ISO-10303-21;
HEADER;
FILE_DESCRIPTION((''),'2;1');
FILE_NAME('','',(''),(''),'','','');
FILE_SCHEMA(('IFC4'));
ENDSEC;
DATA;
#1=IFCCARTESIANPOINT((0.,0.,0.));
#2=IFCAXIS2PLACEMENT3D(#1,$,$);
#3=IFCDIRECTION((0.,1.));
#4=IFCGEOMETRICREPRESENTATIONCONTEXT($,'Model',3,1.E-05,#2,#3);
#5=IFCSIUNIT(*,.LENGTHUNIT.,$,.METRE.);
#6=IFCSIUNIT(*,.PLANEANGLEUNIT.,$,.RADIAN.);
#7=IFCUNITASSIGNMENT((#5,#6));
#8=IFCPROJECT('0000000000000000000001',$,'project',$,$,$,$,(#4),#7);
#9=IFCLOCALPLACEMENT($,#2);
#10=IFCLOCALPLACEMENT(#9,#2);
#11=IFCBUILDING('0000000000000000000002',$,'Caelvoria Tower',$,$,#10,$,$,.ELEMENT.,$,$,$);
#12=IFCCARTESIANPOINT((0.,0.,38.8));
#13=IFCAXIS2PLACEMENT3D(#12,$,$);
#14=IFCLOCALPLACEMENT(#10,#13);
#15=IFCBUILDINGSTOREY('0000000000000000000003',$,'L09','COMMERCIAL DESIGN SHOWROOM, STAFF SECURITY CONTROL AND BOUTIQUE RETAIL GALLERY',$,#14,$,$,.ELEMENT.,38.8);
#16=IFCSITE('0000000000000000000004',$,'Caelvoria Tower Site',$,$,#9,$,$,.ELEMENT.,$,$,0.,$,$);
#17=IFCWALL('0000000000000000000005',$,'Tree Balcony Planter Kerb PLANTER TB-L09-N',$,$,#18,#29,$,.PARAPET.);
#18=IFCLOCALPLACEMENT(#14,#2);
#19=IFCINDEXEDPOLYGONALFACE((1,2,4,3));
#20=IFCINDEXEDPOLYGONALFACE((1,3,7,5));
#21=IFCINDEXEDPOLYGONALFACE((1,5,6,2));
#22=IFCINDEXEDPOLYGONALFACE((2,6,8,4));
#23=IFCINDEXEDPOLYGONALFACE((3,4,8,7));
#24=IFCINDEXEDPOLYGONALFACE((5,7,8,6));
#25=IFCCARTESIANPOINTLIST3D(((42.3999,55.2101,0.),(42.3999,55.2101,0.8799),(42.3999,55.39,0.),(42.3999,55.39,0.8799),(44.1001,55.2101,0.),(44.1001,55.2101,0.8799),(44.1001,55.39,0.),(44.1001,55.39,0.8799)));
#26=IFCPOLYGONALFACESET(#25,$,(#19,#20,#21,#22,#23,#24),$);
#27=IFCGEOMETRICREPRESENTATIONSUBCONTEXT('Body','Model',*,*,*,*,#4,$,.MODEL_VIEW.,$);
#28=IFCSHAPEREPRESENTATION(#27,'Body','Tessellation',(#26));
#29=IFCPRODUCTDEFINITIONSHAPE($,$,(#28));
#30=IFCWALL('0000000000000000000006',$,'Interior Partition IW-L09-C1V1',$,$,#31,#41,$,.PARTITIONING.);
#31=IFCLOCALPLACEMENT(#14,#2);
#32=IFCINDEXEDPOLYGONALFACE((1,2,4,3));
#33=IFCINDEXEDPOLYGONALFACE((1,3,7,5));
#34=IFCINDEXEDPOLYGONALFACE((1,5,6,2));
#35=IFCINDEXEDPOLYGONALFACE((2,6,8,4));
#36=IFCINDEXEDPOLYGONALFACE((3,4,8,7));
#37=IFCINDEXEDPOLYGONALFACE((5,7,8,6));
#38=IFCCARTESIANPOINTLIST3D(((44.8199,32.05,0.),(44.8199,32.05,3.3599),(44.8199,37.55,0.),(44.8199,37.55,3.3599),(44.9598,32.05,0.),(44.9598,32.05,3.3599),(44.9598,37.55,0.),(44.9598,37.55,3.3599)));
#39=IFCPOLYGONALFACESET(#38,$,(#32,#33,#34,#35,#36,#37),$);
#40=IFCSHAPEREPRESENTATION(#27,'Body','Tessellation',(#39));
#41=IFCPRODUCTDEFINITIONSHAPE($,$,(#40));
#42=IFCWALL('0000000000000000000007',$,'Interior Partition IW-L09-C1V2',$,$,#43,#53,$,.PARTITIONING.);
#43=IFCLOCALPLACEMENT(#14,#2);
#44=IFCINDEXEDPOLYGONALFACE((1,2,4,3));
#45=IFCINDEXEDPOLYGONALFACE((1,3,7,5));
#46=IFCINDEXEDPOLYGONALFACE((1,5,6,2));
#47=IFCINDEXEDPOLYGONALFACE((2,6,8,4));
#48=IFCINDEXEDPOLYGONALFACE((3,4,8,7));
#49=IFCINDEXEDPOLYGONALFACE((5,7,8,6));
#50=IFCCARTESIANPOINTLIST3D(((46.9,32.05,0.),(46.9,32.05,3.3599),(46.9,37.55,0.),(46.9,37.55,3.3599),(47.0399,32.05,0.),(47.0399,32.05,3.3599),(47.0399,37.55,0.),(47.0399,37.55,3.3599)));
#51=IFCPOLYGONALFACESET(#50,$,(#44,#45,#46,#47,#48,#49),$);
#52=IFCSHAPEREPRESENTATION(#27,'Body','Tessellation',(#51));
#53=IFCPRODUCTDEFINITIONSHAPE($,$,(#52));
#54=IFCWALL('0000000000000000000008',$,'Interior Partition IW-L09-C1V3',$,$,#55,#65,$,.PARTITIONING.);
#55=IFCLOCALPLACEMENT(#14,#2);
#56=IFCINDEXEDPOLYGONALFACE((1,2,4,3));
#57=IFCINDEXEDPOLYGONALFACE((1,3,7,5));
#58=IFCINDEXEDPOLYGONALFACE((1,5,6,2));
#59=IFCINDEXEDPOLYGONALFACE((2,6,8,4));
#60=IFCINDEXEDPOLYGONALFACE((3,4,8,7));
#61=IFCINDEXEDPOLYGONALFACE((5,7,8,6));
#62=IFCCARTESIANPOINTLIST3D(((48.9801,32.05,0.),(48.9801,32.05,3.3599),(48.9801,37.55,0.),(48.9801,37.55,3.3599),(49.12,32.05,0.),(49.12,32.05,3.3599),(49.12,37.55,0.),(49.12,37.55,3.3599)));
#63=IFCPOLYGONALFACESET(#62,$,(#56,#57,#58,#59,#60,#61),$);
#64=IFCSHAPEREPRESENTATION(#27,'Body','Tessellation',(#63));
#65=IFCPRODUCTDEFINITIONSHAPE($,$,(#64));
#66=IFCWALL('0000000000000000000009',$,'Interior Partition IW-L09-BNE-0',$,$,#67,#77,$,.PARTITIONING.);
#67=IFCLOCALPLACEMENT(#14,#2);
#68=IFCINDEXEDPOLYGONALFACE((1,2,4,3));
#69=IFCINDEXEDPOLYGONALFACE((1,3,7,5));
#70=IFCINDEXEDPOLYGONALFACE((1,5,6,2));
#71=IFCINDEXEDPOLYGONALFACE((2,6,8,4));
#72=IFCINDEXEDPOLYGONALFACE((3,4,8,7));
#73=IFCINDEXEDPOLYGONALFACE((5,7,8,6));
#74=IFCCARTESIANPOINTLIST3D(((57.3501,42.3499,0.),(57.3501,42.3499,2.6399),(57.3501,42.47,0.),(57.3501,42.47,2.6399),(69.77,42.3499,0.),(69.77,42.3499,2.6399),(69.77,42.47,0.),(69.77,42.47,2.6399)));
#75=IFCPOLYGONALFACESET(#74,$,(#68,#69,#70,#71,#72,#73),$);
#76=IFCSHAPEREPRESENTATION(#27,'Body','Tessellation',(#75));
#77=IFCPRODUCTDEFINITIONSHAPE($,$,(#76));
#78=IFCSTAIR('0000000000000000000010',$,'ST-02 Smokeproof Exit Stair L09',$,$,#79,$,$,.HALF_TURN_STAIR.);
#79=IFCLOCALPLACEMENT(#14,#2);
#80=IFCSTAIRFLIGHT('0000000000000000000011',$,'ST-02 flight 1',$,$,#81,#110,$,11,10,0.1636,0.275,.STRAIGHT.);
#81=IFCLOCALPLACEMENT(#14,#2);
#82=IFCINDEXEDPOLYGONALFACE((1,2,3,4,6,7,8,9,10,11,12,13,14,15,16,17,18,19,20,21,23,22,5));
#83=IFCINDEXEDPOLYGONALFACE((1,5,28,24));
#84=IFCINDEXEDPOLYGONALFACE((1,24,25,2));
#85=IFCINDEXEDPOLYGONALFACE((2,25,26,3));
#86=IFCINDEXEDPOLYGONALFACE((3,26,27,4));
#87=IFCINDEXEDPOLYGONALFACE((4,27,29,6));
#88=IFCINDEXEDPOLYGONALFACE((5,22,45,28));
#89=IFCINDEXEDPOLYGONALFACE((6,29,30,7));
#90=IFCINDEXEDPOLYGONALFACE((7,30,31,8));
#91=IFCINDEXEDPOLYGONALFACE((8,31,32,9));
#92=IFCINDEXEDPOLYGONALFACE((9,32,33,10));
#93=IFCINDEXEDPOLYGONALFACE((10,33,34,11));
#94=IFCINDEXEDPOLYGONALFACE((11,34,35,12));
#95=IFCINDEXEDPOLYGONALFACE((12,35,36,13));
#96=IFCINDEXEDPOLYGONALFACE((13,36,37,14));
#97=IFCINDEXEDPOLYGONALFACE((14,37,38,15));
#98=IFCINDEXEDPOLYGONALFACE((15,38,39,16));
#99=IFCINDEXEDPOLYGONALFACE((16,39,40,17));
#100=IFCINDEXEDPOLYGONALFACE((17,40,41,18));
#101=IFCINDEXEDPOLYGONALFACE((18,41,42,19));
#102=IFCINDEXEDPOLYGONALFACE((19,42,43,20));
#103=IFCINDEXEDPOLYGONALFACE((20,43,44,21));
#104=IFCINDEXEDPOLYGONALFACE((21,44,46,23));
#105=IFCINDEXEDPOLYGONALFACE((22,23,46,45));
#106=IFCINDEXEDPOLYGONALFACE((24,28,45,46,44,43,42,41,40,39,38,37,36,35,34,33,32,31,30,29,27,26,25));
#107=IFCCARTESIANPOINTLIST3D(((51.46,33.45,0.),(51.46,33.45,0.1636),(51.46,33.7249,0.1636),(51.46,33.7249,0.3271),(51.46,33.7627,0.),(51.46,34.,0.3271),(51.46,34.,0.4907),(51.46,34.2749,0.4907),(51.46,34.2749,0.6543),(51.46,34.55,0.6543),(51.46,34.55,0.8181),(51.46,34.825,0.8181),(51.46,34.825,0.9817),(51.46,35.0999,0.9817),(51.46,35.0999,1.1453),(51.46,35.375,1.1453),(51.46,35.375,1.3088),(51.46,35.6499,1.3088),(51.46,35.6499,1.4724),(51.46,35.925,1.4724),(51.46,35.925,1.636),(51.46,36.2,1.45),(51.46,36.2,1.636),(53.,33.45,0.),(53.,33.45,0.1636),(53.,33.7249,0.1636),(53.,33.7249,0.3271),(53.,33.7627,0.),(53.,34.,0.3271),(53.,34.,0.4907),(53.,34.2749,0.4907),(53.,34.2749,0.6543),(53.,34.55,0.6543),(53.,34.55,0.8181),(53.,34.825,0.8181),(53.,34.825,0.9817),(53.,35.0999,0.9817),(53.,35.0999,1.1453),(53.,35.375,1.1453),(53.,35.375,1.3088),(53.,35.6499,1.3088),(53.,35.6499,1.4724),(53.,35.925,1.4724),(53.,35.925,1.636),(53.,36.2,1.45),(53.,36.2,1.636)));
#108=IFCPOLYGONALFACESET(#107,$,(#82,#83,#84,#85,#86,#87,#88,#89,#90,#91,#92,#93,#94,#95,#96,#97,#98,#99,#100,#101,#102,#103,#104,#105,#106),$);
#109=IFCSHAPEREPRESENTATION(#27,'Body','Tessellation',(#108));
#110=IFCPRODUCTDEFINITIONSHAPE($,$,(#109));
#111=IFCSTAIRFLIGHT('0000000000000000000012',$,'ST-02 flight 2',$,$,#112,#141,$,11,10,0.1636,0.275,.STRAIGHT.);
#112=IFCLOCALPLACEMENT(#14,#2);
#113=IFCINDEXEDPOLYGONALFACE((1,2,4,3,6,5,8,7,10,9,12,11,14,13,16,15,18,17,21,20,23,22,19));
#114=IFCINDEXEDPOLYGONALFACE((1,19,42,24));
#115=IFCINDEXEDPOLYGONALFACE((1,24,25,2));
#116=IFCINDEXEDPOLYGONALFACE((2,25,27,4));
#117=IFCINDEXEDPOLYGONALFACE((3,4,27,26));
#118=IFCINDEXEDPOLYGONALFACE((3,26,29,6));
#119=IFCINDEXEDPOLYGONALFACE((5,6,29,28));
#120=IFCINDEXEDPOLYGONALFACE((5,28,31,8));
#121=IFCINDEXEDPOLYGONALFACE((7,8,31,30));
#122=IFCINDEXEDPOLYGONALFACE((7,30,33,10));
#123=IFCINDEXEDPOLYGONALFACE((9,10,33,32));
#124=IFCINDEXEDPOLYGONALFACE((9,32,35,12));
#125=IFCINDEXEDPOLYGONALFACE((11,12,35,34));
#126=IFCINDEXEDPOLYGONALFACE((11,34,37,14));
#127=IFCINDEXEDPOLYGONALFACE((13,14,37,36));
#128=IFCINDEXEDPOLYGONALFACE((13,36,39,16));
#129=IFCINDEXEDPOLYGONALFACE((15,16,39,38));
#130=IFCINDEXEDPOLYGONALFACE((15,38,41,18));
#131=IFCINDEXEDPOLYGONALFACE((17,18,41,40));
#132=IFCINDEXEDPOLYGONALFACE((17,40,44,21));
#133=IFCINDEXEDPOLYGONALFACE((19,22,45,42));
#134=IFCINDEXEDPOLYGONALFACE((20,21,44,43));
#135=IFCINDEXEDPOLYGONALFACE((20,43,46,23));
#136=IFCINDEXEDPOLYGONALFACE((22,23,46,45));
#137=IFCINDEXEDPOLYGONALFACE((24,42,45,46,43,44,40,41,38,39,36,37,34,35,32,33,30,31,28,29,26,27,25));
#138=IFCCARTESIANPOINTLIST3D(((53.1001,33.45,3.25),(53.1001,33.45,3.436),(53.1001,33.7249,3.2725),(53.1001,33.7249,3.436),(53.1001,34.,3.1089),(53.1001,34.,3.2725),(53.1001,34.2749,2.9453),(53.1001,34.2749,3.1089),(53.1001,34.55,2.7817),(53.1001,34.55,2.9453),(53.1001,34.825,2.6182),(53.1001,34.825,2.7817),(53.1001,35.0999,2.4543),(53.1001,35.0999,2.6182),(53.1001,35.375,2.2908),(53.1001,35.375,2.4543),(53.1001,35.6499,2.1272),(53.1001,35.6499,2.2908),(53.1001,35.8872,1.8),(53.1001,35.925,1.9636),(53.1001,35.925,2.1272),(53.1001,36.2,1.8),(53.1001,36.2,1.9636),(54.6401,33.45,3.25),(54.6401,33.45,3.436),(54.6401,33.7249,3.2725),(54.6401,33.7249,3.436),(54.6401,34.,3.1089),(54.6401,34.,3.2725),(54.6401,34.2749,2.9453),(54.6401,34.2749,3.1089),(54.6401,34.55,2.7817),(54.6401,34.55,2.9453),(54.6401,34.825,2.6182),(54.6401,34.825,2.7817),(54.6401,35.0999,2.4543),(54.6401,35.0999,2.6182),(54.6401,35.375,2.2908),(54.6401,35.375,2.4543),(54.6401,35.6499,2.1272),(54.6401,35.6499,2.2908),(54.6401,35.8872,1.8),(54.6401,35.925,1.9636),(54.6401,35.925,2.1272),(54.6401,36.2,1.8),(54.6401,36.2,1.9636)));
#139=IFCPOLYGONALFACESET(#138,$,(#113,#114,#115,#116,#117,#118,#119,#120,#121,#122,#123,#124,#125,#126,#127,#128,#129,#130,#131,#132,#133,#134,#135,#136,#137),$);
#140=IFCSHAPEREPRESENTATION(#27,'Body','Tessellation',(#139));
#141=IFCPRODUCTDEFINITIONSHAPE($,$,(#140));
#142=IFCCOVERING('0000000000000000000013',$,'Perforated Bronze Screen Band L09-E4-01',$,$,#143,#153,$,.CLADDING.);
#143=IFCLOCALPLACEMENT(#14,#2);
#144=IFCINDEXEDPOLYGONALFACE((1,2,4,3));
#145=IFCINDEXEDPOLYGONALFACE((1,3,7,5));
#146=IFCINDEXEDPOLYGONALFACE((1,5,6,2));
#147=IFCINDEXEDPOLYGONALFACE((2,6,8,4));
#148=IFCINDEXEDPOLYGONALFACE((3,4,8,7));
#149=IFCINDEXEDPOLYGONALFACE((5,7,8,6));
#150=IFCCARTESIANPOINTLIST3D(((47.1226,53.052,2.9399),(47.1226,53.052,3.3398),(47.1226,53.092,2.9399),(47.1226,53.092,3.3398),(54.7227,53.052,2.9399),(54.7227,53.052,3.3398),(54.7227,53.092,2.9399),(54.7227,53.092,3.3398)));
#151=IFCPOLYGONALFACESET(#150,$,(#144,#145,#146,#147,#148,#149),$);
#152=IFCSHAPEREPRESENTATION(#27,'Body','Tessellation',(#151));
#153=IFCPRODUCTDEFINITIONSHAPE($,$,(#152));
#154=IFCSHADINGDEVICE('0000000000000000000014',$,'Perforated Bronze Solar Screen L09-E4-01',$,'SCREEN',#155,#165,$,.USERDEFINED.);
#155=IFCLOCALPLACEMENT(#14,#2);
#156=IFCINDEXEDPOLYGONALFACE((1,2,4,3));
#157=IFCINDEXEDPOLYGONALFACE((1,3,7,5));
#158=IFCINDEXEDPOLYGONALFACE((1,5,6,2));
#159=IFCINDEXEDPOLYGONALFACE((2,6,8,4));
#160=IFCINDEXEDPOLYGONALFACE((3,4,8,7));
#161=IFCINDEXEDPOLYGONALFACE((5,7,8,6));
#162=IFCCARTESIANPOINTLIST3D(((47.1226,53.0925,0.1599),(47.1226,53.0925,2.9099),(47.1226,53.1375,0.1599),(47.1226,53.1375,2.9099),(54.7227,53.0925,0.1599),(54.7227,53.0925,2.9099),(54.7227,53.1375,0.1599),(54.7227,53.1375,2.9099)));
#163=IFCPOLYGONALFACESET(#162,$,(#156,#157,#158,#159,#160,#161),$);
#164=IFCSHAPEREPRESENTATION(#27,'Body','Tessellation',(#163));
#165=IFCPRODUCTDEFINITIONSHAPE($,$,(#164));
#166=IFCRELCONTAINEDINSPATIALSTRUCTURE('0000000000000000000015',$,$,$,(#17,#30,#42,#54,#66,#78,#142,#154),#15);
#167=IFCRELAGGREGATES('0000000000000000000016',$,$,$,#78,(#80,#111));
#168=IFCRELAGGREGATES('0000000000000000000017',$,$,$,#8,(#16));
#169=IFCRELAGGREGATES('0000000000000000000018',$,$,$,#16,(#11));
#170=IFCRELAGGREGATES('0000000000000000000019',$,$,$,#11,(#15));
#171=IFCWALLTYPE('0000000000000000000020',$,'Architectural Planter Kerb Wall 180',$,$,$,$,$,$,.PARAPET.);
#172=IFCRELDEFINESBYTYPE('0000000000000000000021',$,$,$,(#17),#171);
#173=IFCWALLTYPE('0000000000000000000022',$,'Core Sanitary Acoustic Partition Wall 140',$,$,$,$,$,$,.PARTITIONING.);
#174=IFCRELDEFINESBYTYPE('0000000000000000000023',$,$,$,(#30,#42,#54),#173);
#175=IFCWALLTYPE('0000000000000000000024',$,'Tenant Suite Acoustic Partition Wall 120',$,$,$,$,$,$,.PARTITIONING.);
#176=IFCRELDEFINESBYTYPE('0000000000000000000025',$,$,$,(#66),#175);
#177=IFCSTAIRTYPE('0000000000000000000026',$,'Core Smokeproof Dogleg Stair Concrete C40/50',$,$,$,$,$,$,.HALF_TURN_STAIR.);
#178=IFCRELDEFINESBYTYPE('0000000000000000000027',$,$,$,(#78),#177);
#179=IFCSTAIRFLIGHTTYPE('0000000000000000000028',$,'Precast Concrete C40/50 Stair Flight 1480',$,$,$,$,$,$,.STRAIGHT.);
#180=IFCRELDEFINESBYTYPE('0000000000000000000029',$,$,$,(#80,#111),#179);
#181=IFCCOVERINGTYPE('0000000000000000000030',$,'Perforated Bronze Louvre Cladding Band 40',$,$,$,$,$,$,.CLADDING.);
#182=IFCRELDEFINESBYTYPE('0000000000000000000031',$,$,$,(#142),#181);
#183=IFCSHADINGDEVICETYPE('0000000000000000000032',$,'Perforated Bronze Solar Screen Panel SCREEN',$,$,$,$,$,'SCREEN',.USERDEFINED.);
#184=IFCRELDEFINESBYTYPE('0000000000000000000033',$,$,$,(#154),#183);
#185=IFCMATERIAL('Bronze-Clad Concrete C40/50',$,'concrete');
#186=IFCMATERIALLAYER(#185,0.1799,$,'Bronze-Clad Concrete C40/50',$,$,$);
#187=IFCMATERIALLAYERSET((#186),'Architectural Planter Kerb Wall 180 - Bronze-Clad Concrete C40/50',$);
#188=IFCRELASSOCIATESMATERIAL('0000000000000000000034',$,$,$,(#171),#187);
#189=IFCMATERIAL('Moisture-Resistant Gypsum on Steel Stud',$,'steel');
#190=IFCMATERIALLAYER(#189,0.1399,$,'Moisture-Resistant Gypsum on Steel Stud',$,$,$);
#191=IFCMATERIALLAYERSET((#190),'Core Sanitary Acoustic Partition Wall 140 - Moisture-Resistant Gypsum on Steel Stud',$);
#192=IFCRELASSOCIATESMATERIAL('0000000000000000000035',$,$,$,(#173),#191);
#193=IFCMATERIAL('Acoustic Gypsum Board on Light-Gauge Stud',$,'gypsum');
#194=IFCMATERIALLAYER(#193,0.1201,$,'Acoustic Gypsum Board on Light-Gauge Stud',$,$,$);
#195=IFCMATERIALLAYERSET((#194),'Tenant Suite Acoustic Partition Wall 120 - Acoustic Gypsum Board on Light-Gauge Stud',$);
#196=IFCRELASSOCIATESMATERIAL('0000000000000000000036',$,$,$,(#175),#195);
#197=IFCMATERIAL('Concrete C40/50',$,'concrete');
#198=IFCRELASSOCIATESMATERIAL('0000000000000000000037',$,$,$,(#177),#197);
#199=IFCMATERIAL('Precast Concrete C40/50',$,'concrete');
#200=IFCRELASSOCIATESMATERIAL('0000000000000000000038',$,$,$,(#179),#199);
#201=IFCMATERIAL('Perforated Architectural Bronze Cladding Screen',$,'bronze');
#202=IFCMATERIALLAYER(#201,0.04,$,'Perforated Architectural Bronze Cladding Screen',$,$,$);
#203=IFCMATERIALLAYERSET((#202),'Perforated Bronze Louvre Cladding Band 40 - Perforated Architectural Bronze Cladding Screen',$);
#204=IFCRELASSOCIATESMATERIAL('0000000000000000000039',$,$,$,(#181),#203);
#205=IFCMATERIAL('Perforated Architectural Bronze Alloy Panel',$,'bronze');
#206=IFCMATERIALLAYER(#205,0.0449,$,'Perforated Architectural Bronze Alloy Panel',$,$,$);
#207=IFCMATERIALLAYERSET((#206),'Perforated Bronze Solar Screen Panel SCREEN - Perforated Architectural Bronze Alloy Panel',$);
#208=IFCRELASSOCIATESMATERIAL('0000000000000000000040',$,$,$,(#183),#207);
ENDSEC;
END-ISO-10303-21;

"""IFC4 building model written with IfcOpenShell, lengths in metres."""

from ifc_helpers import new_model, si_unit, direction, frame, frame_2d, origin, origin_2d, place, context, subcontext, project, spatial, polyline, rectangle, outline, extrude, material, layer, layer_set, type_object, element, aggregate, save


model = new_model("IFC4")

# Units and contexts
model_context = context("Model", 3, precision=1e-05, world=origin(), true_north=direction((0.0, 1.0)))
body_context = subcontext(model_context, "Body", "Model", "MODEL_VIEW")
ifc_project = project(units=[si_unit("LENGTHUNIT", "METRE"), si_unit("PLANEANGLEUNIT", "RADIAN")], contexts=[model_context])

# Site, building, storey
site_placement = place(None, origin())
site = spatial("IfcSite", under=ifc_project, at=site_placement, Name="Caelvoria Tower Site", CompositionType="ELEMENT", RefElevation=0.0)
building_placement = place(site_placement, origin())
building = spatial("IfcBuilding", under=site, at=building_placement, Name="Caelvoria Tower", CompositionType="ELEMENT")
storey_placement = place(building_placement, frame((0.0, 0.0, 38.8)))
storey = spatial("IfcBuildingStorey", under=building, at=storey_placement, Name="L09", Description="COMMERCIAL DESIGN SHOWROOM, STAFF SECURITY CONTROL AND BOUTIQUE RETAIL GALLERY", CompositionType="ELEMENT", Elevation=38.8)

# Walls
ifc_material_1 = material(Name="Bronze-Clad Concrete C40/50", Category="concrete")
ifc_layer_1 = layer(ifc_material_1, 0.1799, Name="Bronze-Clad Concrete C40/50")
ifc_layer_set_1 = layer_set([ifc_layer_1], Name="Architectural Planter Kerb Wall 180 - Bronze-Clad Concrete C40/50")
wall_type_1 = type_object("IfcWallType", Name="Architectural Planter Kerb Wall 180", PredefinedType="PARAPET", material=ifc_layer_set_1)
wall_1_placement = place(storey_placement, frame((42.3999, 55.3, 0.0), z_axis=(0.0, 0.0, 1.0), x_axis=(1.0, 0.0, 0.0)))
element("IfcWall", 1, at=wall_1_placement, inside=storey, type_object=wall_type_1, Name="Tree Balcony Planter Kerb PLANTER TB-L09-N", PredefinedType="PARAPET", context=body_context, shape_type="SweptSolid", body=[
    extrude(rectangle(XDim=1.7002, YDim=0.1799, at=frame_2d((0.8501, 0.0))), origin(), (0.0, 0.0, 1.0), 0.8799),
])
ifc_material_2 = material(Name="Moisture-Resistant Gypsum on Steel Stud", Category="steel")
ifc_layer_2 = layer(ifc_material_2, 0.1399, Name="Moisture-Resistant Gypsum on Steel Stud")
ifc_layer_set_2 = layer_set([ifc_layer_2], Name="Core Sanitary Acoustic Partition Wall 140 - Moisture-Resistant Gypsum on Steel Stud")
wall_type_2 = type_object("IfcWallType", Name="Core Sanitary Acoustic Partition Wall 140", PredefinedType="PARTITIONING", material=ifc_layer_set_2)
for number, where, z_axis, x_axis, name in (
    (2, (44.8899, 32.05, 0.0), (0.0, 0.0, 1.0), (0.0, 1.0, 0.0), "Interior Partition IW-L09-C1V1"),
    (3, (46.97, 32.05, 0.0), (0.0, 0.0, 1.0), (0.0, 1.0, 0.0), "Interior Partition IW-L09-C1V2"),
    (4, (49.05, 32.05, 0.0), (0.0, 0.0, 1.0), (0.0, 1.0, 0.0), "Interior Partition IW-L09-C1V3"),
):
    element("IfcWall", number, at=place(storey_placement, frame(where, z_axis=z_axis, x_axis=x_axis)), inside=storey, type_object=wall_type_2, Name=name, PredefinedType="PARTITIONING", context=body_context, shape_type="SweptSolid", body=[
        extrude(rectangle(XDim=5.5, YDim=0.1399, at=frame_2d((2.75, 0.0))), origin(), (0.0, 0.0, 1.0), 3.3599),
    ])
ifc_material_3 = material(Name="Acoustic Gypsum Board on Light-Gauge Stud", Category="gypsum")
ifc_layer_3 = layer(ifc_material_3, 0.1201, Name="Acoustic Gypsum Board on Light-Gauge Stud")
ifc_layer_set_3 = layer_set([ifc_layer_3], Name="Tenant Suite Acoustic Partition Wall 120 - Acoustic Gypsum Board on Light-Gauge Stud")
wall_type_3 = type_object("IfcWallType", Name="Tenant Suite Acoustic Partition Wall 120", PredefinedType="PARTITIONING", material=ifc_layer_set_3)
wall_2_placement = place(storey_placement, frame((57.3501, 42.4099, 0.0), z_axis=(0.0, 0.0, 1.0), x_axis=(1.0, 0.0, 0.0)))
element("IfcWall", 5, at=wall_2_placement, inside=storey, type_object=wall_type_3, Name="Interior Partition IW-L09-BNE-0", PredefinedType="PARTITIONING", context=body_context, shape_type="SweptSolid", body=[
    extrude(rectangle(XDim=12.4199, YDim=0.1201, at=frame_2d((6.21, 0.0))), origin(), (0.0, 0.0, 1.0), 2.6399),
])

# Stair, stair flights
ifc_material_4 = material(Name="Concrete C40/50", Category="concrete")
stair_type = type_object("IfcStairType", Name="Core Smokeproof Dogleg Stair Concrete C40/50", PredefinedType="HALF_TURN_STAIR", material=ifc_material_4)
stair_placement = place(storey_placement, origin())
stair = element("IfcStair", 6, at=stair_placement, inside=storey, type_object=stair_type, Name="ST-02 Smokeproof Exit Stair L09", PredefinedType="HALF_TURN_STAIR")
ifc_material_5 = material(Name="Precast Concrete C40/50", Category="concrete")
stair_flight_type = type_object("IfcStairFlightType", Name="Precast Concrete C40/50 Stair Flight 1480", PredefinedType="STRAIGHT", material=ifc_material_5)
stair_flight_1_placement = place(storey_placement, frame((52.23, 33.45, 0.0), z_axis=(0.0, 0.0, 1.0), x_axis=(0.0, 1.0, 0.0)))
stair_flight_1 = element("IfcStairFlight", 7, at=stair_flight_1_placement, type_object=stair_flight_type, Name="ST-02 flight 1", NumberOfRisers=11, NumberOfTreads=10, PredefinedType="STRAIGHT", RiserHeight=0.1636, TreadLength=0.275, context=body_context, shape_type="SweptSolid", body=[
    extrude(outline(polyline([(0.0, 0.0), (0.0, 0.1636), (0.2749, 0.1636), (0.2749, 0.3271), (0.55, 0.3271), (0.55, 0.4907), (0.825, 0.4907), (0.825, 0.6543), (1.1001, 0.6543), (1.1001, 0.8181), (1.375, 0.8181), (1.375, 0.9817), (1.6499, 0.9817), (1.6499, 1.1453), (1.925, 1.1453), (1.925, 1.3088), (2.2, 1.3088), (2.2, 1.4724), (2.4751, 1.4724), (2.4751, 1.636), (2.75, 1.636), (2.75, 1.7996), (2.75, 1.45), (0.3127, 0.0), (0.0, 0.0)])), frame((0.0, 0.77, 0.0), z_axis=(0.0, -1.0, 0.0), x_axis=(1.0, 0.0, 0.0)), (0.0, 0.0, 1.0), 1.54),
])
stair_flight_2_placement = place(storey_placement, frame((53.8701, 36.2, 1.8), z_axis=(0.0, 0.0, 1.0), x_axis=(0.0, -1.0, 0.0)))
stair_flight_2 = element("IfcStairFlight", 8, at=stair_flight_2_placement, type_object=stair_flight_type, Name="ST-02 flight 2", NumberOfRisers=11, NumberOfTreads=10, PredefinedType="STRAIGHT", RiserHeight=0.1636, TreadLength=0.275, context=body_context, shape_type="SweptSolid", body=[
    extrude(outline(polyline([(0.0, 0.0), (0.0, 0.1636), (0.2749, 0.1636), (0.2749, 0.3271), (0.55, 0.3271), (0.55, 0.4907), (0.825, 0.4907), (0.825, 0.6543), (1.1001, 0.6543), (1.1001, 0.8181), (1.375, 0.8181), (1.375, 0.9817), (1.6499, 0.9817), (1.6499, 1.1453), (1.925, 1.1453), (1.925, 1.3088), (2.2, 1.3088), (2.2, 1.4724), (2.4751, 1.4724), (2.4751, 1.636), (2.75, 1.636), (2.75, 1.7996), (2.75, 1.45), (0.3127, 0.0), (0.0, 0.0)])), frame((0.0, 0.77, 0.0), z_axis=(0.0, -1.0, 0.0), x_axis=(1.0, 0.0, 0.0)), (0.0, 0.0, 1.0), 1.54),
])
aggregate(stair, [stair_flight_1, stair_flight_2])

# Covering
ifc_material_6 = material(Name="Perforated Architectural Bronze Cladding Screen", Category="bronze")
ifc_layer_4 = layer(ifc_material_6, 0.04, Name="Perforated Architectural Bronze Cladding Screen")
ifc_layer_set_4 = layer_set([ifc_layer_4], Name="Perforated Bronze Louvre Cladding Band 40 - Perforated Architectural Bronze Cladding Screen")
covering_type = type_object("IfcCoveringType", Name="Perforated Bronze Louvre Cladding Band 40", PredefinedType="CLADDING", material=ifc_layer_set_4)
covering_placement = place(storey_placement, frame((50.9226, 53.072, 2.9399), z_axis=(0.0, 0.0, 1.0), x_axis=(-1.0, 0.0, 0.0)))
element("IfcCovering", 9, at=covering_placement, inside=storey, type_object=covering_type, Name="Perforated Bronze Screen Band L09-E4-01", PredefinedType="CLADDING", context=body_context, shape_type="SweptSolid", body=[
    extrude(rectangle(XDim=7.6001, YDim=0.04, at=origin_2d()), origin(), (0.0, 0.0, 1.0), 0.3999),
])

# Shading device
ifc_material_7 = material(Name="Perforated Architectural Bronze Alloy Panel", Category="bronze")
ifc_layer_5 = layer(ifc_material_7, 0.0449, Name="Perforated Architectural Bronze Alloy Panel")
ifc_layer_set_5 = layer_set([ifc_layer_5], Name="Perforated Bronze Solar Screen Panel SCREEN - Perforated Architectural Bronze Alloy Panel")
shading_device_type = type_object("IfcShadingDeviceType", Name="Perforated Bronze Solar Screen Panel SCREEN", ElementType="SCREEN", PredefinedType="USERDEFINED", material=ifc_layer_set_5)
shading_device_placement = place(storey_placement, frame((50.9226, 53.115, 0.1599), z_axis=(0.0, 0.0, 1.0), x_axis=(-1.0, 0.0, 0.0)))
element("IfcShadingDevice", 10, at=shading_device_placement, inside=storey, type_object=shading_device_type, Name="Perforated Bronze Solar Screen L09-E4-01", ObjectType="SCREEN", PredefinedType="USERDEFINED", context=body_context, shape_type="SweptSolid", body=[
    extrude(rectangle(XDim=7.6001, YDim=0.0449, at=origin_2d()), origin(), (0.0, 0.0, 1.0), 2.75),
])

save(model, "model.ifc")
